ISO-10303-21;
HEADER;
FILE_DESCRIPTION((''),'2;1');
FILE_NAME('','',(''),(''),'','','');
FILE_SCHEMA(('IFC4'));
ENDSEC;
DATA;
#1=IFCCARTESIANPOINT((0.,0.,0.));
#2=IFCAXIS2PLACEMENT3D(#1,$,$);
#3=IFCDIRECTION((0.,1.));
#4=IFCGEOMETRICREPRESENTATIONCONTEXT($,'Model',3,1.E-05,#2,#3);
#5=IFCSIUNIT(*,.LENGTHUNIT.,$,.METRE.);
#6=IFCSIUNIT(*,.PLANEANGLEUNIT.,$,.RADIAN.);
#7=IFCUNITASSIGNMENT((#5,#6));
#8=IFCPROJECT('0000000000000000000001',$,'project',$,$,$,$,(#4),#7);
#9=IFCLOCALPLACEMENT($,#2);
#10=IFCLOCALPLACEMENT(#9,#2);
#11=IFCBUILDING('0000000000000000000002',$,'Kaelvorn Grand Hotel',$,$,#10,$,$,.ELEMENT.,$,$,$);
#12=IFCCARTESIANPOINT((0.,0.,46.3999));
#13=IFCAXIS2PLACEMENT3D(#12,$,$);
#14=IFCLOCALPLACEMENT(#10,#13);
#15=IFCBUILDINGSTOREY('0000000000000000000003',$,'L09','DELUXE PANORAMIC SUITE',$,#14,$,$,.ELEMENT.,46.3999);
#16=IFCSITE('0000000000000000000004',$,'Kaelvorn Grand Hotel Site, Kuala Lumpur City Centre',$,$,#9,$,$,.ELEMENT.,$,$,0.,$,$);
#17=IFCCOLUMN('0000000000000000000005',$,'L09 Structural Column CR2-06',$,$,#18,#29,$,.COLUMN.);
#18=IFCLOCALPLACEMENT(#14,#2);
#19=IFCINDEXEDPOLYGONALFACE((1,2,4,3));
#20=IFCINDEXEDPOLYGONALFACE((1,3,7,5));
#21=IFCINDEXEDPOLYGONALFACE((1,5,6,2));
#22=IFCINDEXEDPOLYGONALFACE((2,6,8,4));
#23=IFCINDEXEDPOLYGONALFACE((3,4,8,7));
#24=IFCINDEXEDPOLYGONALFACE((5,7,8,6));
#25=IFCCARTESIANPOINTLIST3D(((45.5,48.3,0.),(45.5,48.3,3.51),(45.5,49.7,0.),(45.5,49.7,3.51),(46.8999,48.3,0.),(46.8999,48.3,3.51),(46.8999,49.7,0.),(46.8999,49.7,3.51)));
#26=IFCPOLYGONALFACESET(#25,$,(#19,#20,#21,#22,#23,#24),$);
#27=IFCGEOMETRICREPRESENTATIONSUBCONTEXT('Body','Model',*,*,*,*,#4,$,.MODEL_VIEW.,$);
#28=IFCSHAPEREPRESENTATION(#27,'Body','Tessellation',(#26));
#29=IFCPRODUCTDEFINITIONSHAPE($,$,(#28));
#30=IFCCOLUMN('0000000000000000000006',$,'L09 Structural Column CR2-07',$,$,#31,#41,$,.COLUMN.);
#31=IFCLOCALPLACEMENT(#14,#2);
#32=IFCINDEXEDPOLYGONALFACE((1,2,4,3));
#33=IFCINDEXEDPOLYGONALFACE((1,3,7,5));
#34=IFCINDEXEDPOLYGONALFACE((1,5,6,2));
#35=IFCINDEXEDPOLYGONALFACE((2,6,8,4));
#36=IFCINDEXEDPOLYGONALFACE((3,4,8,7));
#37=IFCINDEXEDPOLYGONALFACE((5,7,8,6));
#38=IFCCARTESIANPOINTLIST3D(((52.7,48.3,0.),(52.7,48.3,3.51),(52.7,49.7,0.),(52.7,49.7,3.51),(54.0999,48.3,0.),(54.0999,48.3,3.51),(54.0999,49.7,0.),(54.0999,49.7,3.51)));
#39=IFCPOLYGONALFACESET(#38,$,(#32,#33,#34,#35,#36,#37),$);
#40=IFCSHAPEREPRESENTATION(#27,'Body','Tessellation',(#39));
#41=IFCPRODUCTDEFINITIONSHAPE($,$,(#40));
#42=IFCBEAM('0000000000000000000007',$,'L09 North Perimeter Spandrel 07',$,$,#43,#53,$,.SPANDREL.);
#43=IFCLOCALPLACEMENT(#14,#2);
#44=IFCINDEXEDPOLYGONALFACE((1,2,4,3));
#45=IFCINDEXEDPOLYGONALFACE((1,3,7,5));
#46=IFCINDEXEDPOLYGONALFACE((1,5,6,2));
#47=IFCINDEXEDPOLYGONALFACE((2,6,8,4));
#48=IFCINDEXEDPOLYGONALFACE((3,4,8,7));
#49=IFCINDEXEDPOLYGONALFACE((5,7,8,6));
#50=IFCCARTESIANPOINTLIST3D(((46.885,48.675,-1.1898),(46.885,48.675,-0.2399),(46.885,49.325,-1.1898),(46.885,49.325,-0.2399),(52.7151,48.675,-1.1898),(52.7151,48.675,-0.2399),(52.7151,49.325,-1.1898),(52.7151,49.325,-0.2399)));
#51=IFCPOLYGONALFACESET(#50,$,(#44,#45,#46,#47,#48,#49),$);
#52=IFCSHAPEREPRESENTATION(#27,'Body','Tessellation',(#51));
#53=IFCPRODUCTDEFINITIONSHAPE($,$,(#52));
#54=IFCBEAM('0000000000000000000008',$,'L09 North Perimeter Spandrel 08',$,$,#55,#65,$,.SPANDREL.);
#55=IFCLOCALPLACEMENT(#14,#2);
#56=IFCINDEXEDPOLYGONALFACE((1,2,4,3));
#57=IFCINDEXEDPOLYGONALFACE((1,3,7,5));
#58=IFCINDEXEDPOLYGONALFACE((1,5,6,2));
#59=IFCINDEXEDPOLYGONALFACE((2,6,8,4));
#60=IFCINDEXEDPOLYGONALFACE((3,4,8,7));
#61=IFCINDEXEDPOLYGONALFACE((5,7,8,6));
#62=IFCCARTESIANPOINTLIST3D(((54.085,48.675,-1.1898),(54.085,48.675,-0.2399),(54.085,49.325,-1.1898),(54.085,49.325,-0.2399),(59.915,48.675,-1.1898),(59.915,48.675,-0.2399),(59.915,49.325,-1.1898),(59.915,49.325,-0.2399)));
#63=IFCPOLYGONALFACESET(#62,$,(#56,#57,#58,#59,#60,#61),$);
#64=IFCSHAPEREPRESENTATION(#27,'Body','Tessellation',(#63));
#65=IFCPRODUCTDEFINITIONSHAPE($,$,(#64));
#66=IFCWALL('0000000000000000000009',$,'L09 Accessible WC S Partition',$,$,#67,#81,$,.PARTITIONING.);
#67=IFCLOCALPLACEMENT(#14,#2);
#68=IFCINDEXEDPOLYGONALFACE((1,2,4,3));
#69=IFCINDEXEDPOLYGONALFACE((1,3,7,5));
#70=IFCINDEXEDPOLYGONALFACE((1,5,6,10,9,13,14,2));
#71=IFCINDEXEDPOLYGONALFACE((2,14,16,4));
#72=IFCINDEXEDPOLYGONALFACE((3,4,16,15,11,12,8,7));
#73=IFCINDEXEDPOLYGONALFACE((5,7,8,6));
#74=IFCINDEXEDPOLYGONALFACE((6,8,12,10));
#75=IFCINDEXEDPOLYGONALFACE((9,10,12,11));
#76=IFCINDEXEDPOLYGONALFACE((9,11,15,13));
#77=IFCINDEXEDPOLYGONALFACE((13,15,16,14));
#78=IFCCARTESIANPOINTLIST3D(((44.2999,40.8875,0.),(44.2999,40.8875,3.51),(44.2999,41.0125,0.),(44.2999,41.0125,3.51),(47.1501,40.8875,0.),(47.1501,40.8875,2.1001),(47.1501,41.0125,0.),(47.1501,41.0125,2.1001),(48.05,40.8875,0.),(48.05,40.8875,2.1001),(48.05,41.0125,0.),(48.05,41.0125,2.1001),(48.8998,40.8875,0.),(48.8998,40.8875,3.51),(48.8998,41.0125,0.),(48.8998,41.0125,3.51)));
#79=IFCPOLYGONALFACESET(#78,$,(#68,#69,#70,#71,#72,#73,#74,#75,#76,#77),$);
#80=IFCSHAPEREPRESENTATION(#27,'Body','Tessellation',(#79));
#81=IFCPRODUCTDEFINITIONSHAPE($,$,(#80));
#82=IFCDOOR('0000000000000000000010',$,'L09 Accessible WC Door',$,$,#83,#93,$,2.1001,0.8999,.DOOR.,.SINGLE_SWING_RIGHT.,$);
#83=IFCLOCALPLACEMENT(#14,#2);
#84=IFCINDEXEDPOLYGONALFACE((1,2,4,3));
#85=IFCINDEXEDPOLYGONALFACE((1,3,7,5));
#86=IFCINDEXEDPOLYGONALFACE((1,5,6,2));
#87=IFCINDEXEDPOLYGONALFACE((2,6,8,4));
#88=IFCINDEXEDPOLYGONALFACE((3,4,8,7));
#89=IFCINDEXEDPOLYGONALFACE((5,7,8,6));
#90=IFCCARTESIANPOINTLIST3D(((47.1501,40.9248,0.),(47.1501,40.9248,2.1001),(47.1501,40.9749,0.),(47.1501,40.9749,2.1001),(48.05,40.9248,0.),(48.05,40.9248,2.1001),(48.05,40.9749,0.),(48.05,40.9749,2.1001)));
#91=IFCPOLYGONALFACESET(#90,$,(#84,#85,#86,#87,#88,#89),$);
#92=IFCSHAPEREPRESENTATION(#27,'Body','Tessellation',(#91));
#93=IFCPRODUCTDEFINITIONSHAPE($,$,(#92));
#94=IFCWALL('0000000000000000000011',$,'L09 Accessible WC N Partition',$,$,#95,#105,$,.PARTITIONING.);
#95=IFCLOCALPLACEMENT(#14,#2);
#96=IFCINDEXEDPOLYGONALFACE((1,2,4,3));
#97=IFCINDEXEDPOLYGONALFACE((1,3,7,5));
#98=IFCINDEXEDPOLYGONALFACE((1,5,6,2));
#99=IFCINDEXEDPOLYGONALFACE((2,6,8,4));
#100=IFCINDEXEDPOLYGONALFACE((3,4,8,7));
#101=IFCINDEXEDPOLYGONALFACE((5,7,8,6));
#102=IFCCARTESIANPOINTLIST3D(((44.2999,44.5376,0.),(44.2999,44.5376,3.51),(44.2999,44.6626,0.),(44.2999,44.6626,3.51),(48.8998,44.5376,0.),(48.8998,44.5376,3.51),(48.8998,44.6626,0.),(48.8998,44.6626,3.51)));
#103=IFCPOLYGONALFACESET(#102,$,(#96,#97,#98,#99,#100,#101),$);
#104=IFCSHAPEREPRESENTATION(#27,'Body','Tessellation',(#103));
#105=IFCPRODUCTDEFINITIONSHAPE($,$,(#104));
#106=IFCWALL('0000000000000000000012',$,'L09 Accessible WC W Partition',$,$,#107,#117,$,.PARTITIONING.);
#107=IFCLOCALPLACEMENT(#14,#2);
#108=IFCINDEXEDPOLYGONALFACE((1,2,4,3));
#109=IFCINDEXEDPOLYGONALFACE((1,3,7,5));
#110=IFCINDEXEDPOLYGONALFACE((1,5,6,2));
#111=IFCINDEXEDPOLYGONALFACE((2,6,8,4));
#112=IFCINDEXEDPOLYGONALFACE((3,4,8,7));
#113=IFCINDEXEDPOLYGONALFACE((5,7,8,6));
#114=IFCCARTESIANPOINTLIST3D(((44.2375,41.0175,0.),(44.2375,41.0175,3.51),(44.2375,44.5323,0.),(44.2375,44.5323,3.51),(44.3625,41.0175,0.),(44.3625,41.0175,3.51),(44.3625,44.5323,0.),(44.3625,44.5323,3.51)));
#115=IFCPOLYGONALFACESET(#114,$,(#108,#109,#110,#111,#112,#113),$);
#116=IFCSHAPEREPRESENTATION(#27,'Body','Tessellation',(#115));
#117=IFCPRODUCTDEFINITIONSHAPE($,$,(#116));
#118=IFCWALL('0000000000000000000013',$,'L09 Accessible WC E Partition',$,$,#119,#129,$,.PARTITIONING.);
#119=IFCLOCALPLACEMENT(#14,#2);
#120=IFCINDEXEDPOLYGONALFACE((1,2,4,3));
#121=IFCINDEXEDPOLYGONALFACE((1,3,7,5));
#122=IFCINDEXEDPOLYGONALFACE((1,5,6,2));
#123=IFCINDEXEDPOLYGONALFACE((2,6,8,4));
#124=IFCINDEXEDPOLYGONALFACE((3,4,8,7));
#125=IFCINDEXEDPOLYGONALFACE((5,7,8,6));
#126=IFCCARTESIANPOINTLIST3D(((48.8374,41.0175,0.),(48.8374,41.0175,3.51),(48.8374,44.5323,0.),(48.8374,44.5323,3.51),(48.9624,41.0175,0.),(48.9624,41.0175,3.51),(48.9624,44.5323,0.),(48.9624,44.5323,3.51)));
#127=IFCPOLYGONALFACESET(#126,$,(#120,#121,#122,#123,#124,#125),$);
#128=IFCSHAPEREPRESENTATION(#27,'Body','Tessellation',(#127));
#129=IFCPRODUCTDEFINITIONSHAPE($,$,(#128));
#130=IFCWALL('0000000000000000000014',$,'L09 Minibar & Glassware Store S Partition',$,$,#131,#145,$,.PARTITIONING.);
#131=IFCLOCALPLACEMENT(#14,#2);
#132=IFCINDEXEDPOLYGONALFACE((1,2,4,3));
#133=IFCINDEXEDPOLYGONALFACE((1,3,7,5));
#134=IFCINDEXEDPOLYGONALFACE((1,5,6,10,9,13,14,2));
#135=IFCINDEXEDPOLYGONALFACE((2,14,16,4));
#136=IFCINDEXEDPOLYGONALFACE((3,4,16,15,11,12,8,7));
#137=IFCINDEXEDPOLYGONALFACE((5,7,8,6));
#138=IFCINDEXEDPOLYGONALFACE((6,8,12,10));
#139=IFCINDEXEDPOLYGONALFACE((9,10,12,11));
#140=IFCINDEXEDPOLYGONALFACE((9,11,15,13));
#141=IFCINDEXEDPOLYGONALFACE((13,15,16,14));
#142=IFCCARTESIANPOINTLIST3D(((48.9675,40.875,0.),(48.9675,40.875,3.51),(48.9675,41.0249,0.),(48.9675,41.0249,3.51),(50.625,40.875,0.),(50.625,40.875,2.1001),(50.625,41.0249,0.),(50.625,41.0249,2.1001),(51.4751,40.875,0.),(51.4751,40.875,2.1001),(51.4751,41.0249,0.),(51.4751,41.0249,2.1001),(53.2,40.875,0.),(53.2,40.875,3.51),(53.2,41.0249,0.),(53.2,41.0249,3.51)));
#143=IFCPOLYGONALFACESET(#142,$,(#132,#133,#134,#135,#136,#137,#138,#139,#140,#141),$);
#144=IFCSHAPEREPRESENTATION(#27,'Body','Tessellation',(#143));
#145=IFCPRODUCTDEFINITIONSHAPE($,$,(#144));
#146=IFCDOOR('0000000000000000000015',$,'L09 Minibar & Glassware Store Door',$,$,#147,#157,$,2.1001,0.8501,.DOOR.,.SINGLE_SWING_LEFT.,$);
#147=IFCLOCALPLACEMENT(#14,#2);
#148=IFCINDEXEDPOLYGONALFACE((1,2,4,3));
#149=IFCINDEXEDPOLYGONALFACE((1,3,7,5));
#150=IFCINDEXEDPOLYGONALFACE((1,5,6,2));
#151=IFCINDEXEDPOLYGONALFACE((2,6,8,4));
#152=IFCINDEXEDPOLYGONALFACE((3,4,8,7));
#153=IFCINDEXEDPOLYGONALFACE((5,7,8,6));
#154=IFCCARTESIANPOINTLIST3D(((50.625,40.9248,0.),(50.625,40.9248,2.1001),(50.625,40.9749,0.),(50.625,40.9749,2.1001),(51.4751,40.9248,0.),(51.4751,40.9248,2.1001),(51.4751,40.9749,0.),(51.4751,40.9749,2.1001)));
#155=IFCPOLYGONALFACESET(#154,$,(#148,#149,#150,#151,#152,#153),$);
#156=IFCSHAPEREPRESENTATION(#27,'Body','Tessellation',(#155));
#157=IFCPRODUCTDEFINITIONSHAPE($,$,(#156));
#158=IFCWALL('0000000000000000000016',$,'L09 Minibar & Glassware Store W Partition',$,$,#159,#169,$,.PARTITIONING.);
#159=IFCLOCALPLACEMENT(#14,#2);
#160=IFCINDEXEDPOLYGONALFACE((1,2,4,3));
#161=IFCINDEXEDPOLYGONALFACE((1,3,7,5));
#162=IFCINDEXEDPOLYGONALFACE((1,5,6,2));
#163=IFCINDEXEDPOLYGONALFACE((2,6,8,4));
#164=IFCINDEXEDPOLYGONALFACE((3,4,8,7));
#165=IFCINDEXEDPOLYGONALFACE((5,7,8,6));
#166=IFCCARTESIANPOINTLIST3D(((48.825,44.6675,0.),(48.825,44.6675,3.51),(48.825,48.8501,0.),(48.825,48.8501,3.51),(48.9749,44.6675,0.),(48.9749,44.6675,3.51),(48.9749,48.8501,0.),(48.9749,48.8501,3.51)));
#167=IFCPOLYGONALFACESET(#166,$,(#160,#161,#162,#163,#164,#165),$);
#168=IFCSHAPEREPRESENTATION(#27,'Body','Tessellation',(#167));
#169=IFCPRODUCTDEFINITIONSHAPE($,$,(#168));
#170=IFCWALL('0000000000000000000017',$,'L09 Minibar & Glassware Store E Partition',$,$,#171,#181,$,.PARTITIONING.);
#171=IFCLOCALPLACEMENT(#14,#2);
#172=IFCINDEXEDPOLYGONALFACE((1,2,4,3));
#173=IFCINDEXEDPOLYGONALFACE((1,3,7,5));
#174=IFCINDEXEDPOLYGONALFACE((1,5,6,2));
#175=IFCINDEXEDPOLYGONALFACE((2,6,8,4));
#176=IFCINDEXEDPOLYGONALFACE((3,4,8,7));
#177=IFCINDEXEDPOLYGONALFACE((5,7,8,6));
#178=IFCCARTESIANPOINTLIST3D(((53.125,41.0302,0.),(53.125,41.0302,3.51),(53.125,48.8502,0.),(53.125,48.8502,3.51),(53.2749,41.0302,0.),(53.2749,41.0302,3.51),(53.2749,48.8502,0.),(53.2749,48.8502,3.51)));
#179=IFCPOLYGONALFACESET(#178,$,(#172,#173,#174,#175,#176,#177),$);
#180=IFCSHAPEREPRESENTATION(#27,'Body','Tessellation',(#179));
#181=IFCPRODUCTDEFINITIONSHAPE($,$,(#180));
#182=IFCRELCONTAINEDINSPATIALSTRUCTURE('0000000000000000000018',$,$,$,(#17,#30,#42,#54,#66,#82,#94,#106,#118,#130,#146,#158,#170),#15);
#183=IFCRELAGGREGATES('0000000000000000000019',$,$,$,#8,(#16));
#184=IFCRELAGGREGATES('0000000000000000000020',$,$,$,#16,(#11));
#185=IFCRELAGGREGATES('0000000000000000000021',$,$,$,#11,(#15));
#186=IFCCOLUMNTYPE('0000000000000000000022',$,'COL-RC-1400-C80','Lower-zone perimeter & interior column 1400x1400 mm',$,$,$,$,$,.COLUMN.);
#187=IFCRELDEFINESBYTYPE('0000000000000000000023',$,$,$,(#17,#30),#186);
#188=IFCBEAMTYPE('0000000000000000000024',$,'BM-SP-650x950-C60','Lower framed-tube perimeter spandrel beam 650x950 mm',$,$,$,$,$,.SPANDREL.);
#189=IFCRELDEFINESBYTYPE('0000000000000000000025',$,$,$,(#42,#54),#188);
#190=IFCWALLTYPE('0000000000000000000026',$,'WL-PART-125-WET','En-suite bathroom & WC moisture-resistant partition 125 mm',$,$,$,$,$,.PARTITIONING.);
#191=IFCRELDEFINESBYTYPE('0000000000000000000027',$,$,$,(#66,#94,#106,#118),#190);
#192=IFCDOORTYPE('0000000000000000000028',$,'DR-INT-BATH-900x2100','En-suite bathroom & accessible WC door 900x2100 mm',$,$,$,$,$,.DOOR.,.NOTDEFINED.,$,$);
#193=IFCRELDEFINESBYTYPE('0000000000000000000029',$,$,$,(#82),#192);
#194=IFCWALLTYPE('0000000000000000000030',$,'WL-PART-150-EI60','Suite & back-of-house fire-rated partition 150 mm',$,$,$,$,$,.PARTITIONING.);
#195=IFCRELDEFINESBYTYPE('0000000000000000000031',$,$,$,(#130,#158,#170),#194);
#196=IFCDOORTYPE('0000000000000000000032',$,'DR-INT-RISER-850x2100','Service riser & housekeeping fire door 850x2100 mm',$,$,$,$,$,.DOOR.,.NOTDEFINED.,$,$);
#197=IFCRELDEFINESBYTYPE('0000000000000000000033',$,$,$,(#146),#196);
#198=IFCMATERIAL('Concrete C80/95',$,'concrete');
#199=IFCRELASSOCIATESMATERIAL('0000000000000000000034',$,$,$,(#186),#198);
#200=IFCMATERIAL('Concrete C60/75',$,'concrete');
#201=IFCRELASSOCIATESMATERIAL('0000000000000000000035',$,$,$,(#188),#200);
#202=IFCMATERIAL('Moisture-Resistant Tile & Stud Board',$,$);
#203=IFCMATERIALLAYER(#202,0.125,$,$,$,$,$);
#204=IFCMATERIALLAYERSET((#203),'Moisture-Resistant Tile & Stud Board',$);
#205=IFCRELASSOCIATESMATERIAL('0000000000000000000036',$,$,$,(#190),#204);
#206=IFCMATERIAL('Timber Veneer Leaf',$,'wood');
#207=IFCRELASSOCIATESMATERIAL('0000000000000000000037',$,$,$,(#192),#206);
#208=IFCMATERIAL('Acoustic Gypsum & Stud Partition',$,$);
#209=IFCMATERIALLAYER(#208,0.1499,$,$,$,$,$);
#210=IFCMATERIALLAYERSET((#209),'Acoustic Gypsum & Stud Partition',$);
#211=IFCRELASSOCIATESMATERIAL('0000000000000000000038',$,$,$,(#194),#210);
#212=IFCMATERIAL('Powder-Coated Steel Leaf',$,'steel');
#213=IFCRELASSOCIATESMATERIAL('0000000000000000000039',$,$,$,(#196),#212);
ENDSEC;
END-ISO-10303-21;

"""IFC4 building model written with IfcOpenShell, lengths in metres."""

from ifc_helpers import new_model, si_unit, direction, frame, frame_2d, origin, origin_2d, place, context, subcontext, project, spatial, rectangle, extrude, material, layer, layer_set, material_profile, profile_set, type_object, element, fill, save


model = new_model("IFC4")

# Units and contexts
model_context = context("Model", 3, precision=1e-05, world=origin(), true_north=direction((0.0, 1.0)))
body_context = subcontext(model_context, "Body", "Model", "MODEL_VIEW")
ifc_project = project(units=[si_unit("LENGTHUNIT", "METRE"), si_unit("PLANEANGLEUNIT", "RADIAN")], contexts=[model_context])

# Site, building, storey
site_placement = place(None, origin())
site = spatial("IfcSite", under=ifc_project, at=site_placement, Name="Kaelvorn Grand Hotel Site, Kuala Lumpur City Centre", CompositionType="ELEMENT", RefElevation=0.0)
building_placement = place(site_placement, origin())
building = spatial("IfcBuilding", under=site, at=building_placement, Name="Kaelvorn Grand Hotel", CompositionType="ELEMENT")
storey_placement = place(building_placement, frame((0.0, 0.0, 46.3999)))
storey = spatial("IfcBuildingStorey", under=building, at=storey_placement, Name="L09", Description="DELUXE PANORAMIC SUITE", CompositionType="ELEMENT", Elevation=46.3999)

# Columns
ifc_material_1 = material(Name="Concrete C80/95", Category="concrete")
ifc_material_profile_1 = material_profile(ifc_material_1, rectangle(XDim=1.3999, YDim=1.3999, at=origin_2d()), Name="RC COL 1400x1400")
ifc_profile_set_1 = profile_set([ifc_material_profile_1], Name="Concrete C80/95")
column_type = type_object("IfcColumnType", Name="COL-RC-1400-C80", Description="Lower-zone perimeter & interior column 1400x1400 mm", PredefinedType="COLUMN", material=ifc_profile_set_1)
for number, where, z_axis, x_axis, name in (
    (1, (46.2, 49.0, 0.0), (0.0, 0.0, 1.0), (1.0, 0.0, 0.0), "L09 Structural Column CR2-06"),
    (2, (53.3999, 49.0, 0.0), (0.0, 0.0, 1.0), (1.0, 0.0, 0.0), "L09 Structural Column CR2-07"),
):
    element("IfcColumn", number, at=place(storey_placement, frame(where, z_axis=z_axis, x_axis=x_axis)), inside=storey, type_object=column_type, Name=name, PredefinedType="COLUMN", context=body_context, shape_type="SweptSolid", body=[
        extrude(rectangle(XDim=1.3999, YDim=1.3999, at=origin_2d()), origin(), (0.0, 0.0, 1.0), 3.51),
    ])

# Beams
ifc_material_2 = material(Name="Concrete C60/75", Category="concrete")
ifc_material_profile_2 = material_profile(ifc_material_2, rectangle(XDim=0.6499, YDim=0.95, at=origin_2d()), Name="RC SPANDREL 650x950")
ifc_profile_set_2 = profile_set([ifc_material_profile_2], Name="Concrete C60/75")
beam_type = type_object("IfcBeamType", Name="BM-SP-650x950-C60", Description="Lower framed-tube perimeter spandrel beam 650x950 mm", PredefinedType="SPANDREL", material=ifc_profile_set_2)
for number, where, z_axis, x_axis, name in (
    (3, (46.885, 49.0, -0.7148), (1.0, 0.0, 0.0), (0.0, 1.0, 0.0), "L09 North Perimeter Spandrel 07"),
    (4, (54.085, 49.0, -0.7148), (1.0, 0.0, 0.0), (0.0, 1.0, 0.0), "L09 North Perimeter Spandrel 08"),
):
    element("IfcBeam", number, at=place(storey_placement, frame(where, z_axis=z_axis, x_axis=x_axis)), inside=storey, type_object=beam_type, Name=name, PredefinedType="SPANDREL", context=body_context, shape_type="SweptSolid", body=[
        extrude(rectangle(XDim=0.6499, YDim=0.95, at=origin_2d()), origin(), (0.0, 0.0, 1.0), 5.8301),
    ])

# Wall, opening, door
ifc_material_3 = material(Name="Moisture-Resistant Tile & Stud Board")
ifc_layer_1 = layer(ifc_material_3, 0.125)
ifc_layer_set_1 = layer_set([ifc_layer_1], Name="Moisture-Resistant Tile & Stud Board")
wall_type_1 = type_object("IfcWallType", Name="WL-PART-125-WET", Description="En-suite bathroom & WC moisture-resistant partition 125 mm", PredefinedType="PARTITIONING", material=ifc_layer_set_1)
wall_1_placement = place(storey_placement, frame((44.3, 40.95, 0.0), z_axis=(0.0, 0.0, 1.0), x_axis=(1.0, 0.0, 0.0)))
wall_1 = element("IfcWall", 5, at=wall_1_placement, inside=storey, type_object=wall_type_1, Name="L09 Accessible WC S Partition", PredefinedType="PARTITIONING", context=body_context, shape_type="SweptSolid", body=[
    extrude(rectangle(XDim=4.5999, YDim=0.125, at=frame_2d((2.2998, 0.0))), origin(), (0.0, 0.0, 1.0), 3.51),
])
opening_1_placement = place(wall_1_placement, frame((2.8501, 0.0, 0.0)))
opening_1 = element("IfcOpeningElement", 6, at=opening_1_placement, cuts=wall_1, PredefinedType="OPENING", context=body_context, shape_type="SweptSolid", body=[
    extrude(rectangle(XDim=0.8999, YDim=2.1001, at=frame_2d((0.45, 1.05))), frame((0.0, 0.0725, 0.0), z_axis=(0.0, -1.0, 0.0), x_axis=(1.0, 0.0, 0.0)), (0.0, 0.0, 1.0), 0.145),
])
ifc_material_4 = material(Name="Timber Veneer Leaf", Category="wood")
door_type_1 = type_object("IfcDoorType", Name="DR-INT-BATH-900x2100", Description="En-suite bathroom & accessible WC door 900x2100 mm", OperationType="NOTDEFINED", PredefinedType="DOOR", material=ifc_material_4)
door_1_placement = place(opening_1_placement, origin())
door_1 = element("IfcDoor", 7, at=door_1_placement, inside=storey, type_object=door_type_1, Name="L09 Accessible WC Door", OperationType="SINGLE_SWING_RIGHT", OverallHeight=2.1001, OverallWidth=0.8999, PredefinedType="DOOR", context=body_context, shape_type="SweptSolid", body=[
    extrude(rectangle(XDim=0.8999, YDim=2.1001, at=frame_2d((0.45, 1.05))), frame((0.0, 0.0249, 0.0), z_axis=(0.0, -1.0, 0.0), x_axis=(1.0, 0.0, 0.0)), (0.0, 0.0, 1.0), 0.05),
])
fill(opening_1, door_1)

# Walls
wall_2_placement = place(storey_placement, frame((44.3, 44.6001, 0.0), z_axis=(0.0, 0.0, 1.0), x_axis=(1.0, 0.0, 0.0)))
element("IfcWall", 8, at=wall_2_placement, inside=storey, type_object=wall_type_1, Name="L09 Accessible WC N Partition", PredefinedType="PARTITIONING", context=body_context, shape_type="SweptSolid", body=[
    extrude(rectangle(XDim=4.5999, YDim=0.125, at=frame_2d((2.2998, 0.0))), origin(), (0.0, 0.0, 1.0), 3.51),
])
for number, where, z_axis, x_axis, name in (
    (9, (44.3, 41.0176, 0.0), (0.0, 0.0, 1.0), (0.0, 1.0, 0.0), "L09 Accessible WC W Partition"),
    (10, (48.8999, 41.0176, 0.0), (0.0, 0.0, 1.0), (0.0, 1.0, 0.0), "L09 Accessible WC E Partition"),
):
    element("IfcWall", number, at=place(storey_placement, frame(where, z_axis=z_axis, x_axis=x_axis)), inside=storey, type_object=wall_type_1, Name=name, PredefinedType="PARTITIONING", context=body_context, shape_type="SweptSolid", body=[
        extrude(rectangle(XDim=3.5149, YDim=0.125, at=frame_2d((1.7573, 0.0))), origin(), (0.0, 0.0, 1.0), 3.51),
    ])

# Wall, opening, door
ifc_material_5 = material(Name="Acoustic Gypsum & Stud Partition")
ifc_layer_2 = layer(ifc_material_5, 0.1499)
ifc_layer_set_2 = layer_set([ifc_layer_2], Name="Acoustic Gypsum & Stud Partition")
wall_type_2 = type_object("IfcWallType", Name="WL-PART-150-EI60", Description="Suite & back-of-house fire-rated partition 150 mm", PredefinedType="PARTITIONING", material=ifc_layer_set_2)
wall_3_placement = place(storey_placement, frame((48.9675, 40.95, 0.0), z_axis=(0.0, 0.0, 1.0), x_axis=(1.0, 0.0, 0.0)))
wall_3 = element("IfcWall", 11, at=wall_3_placement, inside=storey, type_object=wall_type_2, Name="L09 Minibar & Glassware Store S Partition", PredefinedType="PARTITIONING", context=body_context, shape_type="SweptSolid", body=[
    extrude(rectangle(XDim=4.2324, YDim=0.1499, at=frame_2d((2.1162, 0.0))), origin(), (0.0, 0.0, 1.0), 3.51),
])
opening_2_placement = place(wall_3_placement, frame((1.6575, 0.0, 0.0)))
opening_2 = element("IfcOpeningElement", 12, at=opening_2_placement, cuts=wall_3, PredefinedType="OPENING", context=body_context, shape_type="SweptSolid", body=[
    extrude(rectangle(XDim=0.8501, YDim=2.1001, at=frame_2d((0.425, 1.05))), frame((0.0, 0.085, 0.0), z_axis=(0.0, -1.0, 0.0), x_axis=(1.0, 0.0, 0.0)), (0.0, 0.0, 1.0), 0.1699),
])
ifc_material_6 = material(Name="Powder-Coated Steel Leaf", Category="steel")
door_type_2 = type_object("IfcDoorType", Name="DR-INT-RISER-850x2100", Description="Service riser & housekeeping fire door 850x2100 mm", OperationType="NOTDEFINED", PredefinedType="DOOR", material=ifc_material_6)
door_2_placement = place(opening_2_placement, origin())
door_2 = element("IfcDoor", 13, at=door_2_placement, inside=storey, type_object=door_type_2, Name="L09 Minibar & Glassware Store Door", OperationType="SINGLE_SWING_LEFT", OverallHeight=2.1001, OverallWidth=0.8501, PredefinedType="DOOR", context=body_context, shape_type="SweptSolid", body=[
    extrude(rectangle(XDim=0.8501, YDim=2.1001, at=frame_2d((0.425, 1.05))), frame((0.0, 0.0249, 0.0), z_axis=(0.0, -1.0, 0.0), x_axis=(1.0, 0.0, 0.0)), (0.0, 0.0, 1.0), 0.05),
])
fill(opening_2, door_2)

# Walls
wall_4_placement = place(storey_placement, frame((48.8999, 44.6675, 0.0), z_axis=(0.0, 0.0, 1.0), x_axis=(0.0, 1.0, 0.0)))
element("IfcWall", 14, at=wall_4_placement, inside=storey, type_object=wall_type_2, Name="L09 Minibar & Glassware Store W Partition", PredefinedType="PARTITIONING", context=body_context, shape_type="SweptSolid", body=[
    extrude(rectangle(XDim=4.1826, YDim=0.1499, at=frame_2d((2.0913, 0.0))), origin(), (0.0, 0.0, 1.0), 3.51),
])
wall_5_placement = place(storey_placement, frame((53.2, 41.03, 0.0), z_axis=(0.0, 0.0, 1.0), x_axis=(0.0, 1.0, 0.0)))
element("IfcWall", 15, at=wall_5_placement, inside=storey, type_object=wall_type_2, Name="L09 Minibar & Glassware Store E Partition", PredefinedType="PARTITIONING", context=body_context, shape_type="SweptSolid", body=[
    extrude(rectangle(XDim=7.8201, YDim=0.1499, at=frame_2d((3.9102, 0.0))), origin(), (0.0, 0.0, 1.0), 3.51),
])

save(model, "model.ifc")
